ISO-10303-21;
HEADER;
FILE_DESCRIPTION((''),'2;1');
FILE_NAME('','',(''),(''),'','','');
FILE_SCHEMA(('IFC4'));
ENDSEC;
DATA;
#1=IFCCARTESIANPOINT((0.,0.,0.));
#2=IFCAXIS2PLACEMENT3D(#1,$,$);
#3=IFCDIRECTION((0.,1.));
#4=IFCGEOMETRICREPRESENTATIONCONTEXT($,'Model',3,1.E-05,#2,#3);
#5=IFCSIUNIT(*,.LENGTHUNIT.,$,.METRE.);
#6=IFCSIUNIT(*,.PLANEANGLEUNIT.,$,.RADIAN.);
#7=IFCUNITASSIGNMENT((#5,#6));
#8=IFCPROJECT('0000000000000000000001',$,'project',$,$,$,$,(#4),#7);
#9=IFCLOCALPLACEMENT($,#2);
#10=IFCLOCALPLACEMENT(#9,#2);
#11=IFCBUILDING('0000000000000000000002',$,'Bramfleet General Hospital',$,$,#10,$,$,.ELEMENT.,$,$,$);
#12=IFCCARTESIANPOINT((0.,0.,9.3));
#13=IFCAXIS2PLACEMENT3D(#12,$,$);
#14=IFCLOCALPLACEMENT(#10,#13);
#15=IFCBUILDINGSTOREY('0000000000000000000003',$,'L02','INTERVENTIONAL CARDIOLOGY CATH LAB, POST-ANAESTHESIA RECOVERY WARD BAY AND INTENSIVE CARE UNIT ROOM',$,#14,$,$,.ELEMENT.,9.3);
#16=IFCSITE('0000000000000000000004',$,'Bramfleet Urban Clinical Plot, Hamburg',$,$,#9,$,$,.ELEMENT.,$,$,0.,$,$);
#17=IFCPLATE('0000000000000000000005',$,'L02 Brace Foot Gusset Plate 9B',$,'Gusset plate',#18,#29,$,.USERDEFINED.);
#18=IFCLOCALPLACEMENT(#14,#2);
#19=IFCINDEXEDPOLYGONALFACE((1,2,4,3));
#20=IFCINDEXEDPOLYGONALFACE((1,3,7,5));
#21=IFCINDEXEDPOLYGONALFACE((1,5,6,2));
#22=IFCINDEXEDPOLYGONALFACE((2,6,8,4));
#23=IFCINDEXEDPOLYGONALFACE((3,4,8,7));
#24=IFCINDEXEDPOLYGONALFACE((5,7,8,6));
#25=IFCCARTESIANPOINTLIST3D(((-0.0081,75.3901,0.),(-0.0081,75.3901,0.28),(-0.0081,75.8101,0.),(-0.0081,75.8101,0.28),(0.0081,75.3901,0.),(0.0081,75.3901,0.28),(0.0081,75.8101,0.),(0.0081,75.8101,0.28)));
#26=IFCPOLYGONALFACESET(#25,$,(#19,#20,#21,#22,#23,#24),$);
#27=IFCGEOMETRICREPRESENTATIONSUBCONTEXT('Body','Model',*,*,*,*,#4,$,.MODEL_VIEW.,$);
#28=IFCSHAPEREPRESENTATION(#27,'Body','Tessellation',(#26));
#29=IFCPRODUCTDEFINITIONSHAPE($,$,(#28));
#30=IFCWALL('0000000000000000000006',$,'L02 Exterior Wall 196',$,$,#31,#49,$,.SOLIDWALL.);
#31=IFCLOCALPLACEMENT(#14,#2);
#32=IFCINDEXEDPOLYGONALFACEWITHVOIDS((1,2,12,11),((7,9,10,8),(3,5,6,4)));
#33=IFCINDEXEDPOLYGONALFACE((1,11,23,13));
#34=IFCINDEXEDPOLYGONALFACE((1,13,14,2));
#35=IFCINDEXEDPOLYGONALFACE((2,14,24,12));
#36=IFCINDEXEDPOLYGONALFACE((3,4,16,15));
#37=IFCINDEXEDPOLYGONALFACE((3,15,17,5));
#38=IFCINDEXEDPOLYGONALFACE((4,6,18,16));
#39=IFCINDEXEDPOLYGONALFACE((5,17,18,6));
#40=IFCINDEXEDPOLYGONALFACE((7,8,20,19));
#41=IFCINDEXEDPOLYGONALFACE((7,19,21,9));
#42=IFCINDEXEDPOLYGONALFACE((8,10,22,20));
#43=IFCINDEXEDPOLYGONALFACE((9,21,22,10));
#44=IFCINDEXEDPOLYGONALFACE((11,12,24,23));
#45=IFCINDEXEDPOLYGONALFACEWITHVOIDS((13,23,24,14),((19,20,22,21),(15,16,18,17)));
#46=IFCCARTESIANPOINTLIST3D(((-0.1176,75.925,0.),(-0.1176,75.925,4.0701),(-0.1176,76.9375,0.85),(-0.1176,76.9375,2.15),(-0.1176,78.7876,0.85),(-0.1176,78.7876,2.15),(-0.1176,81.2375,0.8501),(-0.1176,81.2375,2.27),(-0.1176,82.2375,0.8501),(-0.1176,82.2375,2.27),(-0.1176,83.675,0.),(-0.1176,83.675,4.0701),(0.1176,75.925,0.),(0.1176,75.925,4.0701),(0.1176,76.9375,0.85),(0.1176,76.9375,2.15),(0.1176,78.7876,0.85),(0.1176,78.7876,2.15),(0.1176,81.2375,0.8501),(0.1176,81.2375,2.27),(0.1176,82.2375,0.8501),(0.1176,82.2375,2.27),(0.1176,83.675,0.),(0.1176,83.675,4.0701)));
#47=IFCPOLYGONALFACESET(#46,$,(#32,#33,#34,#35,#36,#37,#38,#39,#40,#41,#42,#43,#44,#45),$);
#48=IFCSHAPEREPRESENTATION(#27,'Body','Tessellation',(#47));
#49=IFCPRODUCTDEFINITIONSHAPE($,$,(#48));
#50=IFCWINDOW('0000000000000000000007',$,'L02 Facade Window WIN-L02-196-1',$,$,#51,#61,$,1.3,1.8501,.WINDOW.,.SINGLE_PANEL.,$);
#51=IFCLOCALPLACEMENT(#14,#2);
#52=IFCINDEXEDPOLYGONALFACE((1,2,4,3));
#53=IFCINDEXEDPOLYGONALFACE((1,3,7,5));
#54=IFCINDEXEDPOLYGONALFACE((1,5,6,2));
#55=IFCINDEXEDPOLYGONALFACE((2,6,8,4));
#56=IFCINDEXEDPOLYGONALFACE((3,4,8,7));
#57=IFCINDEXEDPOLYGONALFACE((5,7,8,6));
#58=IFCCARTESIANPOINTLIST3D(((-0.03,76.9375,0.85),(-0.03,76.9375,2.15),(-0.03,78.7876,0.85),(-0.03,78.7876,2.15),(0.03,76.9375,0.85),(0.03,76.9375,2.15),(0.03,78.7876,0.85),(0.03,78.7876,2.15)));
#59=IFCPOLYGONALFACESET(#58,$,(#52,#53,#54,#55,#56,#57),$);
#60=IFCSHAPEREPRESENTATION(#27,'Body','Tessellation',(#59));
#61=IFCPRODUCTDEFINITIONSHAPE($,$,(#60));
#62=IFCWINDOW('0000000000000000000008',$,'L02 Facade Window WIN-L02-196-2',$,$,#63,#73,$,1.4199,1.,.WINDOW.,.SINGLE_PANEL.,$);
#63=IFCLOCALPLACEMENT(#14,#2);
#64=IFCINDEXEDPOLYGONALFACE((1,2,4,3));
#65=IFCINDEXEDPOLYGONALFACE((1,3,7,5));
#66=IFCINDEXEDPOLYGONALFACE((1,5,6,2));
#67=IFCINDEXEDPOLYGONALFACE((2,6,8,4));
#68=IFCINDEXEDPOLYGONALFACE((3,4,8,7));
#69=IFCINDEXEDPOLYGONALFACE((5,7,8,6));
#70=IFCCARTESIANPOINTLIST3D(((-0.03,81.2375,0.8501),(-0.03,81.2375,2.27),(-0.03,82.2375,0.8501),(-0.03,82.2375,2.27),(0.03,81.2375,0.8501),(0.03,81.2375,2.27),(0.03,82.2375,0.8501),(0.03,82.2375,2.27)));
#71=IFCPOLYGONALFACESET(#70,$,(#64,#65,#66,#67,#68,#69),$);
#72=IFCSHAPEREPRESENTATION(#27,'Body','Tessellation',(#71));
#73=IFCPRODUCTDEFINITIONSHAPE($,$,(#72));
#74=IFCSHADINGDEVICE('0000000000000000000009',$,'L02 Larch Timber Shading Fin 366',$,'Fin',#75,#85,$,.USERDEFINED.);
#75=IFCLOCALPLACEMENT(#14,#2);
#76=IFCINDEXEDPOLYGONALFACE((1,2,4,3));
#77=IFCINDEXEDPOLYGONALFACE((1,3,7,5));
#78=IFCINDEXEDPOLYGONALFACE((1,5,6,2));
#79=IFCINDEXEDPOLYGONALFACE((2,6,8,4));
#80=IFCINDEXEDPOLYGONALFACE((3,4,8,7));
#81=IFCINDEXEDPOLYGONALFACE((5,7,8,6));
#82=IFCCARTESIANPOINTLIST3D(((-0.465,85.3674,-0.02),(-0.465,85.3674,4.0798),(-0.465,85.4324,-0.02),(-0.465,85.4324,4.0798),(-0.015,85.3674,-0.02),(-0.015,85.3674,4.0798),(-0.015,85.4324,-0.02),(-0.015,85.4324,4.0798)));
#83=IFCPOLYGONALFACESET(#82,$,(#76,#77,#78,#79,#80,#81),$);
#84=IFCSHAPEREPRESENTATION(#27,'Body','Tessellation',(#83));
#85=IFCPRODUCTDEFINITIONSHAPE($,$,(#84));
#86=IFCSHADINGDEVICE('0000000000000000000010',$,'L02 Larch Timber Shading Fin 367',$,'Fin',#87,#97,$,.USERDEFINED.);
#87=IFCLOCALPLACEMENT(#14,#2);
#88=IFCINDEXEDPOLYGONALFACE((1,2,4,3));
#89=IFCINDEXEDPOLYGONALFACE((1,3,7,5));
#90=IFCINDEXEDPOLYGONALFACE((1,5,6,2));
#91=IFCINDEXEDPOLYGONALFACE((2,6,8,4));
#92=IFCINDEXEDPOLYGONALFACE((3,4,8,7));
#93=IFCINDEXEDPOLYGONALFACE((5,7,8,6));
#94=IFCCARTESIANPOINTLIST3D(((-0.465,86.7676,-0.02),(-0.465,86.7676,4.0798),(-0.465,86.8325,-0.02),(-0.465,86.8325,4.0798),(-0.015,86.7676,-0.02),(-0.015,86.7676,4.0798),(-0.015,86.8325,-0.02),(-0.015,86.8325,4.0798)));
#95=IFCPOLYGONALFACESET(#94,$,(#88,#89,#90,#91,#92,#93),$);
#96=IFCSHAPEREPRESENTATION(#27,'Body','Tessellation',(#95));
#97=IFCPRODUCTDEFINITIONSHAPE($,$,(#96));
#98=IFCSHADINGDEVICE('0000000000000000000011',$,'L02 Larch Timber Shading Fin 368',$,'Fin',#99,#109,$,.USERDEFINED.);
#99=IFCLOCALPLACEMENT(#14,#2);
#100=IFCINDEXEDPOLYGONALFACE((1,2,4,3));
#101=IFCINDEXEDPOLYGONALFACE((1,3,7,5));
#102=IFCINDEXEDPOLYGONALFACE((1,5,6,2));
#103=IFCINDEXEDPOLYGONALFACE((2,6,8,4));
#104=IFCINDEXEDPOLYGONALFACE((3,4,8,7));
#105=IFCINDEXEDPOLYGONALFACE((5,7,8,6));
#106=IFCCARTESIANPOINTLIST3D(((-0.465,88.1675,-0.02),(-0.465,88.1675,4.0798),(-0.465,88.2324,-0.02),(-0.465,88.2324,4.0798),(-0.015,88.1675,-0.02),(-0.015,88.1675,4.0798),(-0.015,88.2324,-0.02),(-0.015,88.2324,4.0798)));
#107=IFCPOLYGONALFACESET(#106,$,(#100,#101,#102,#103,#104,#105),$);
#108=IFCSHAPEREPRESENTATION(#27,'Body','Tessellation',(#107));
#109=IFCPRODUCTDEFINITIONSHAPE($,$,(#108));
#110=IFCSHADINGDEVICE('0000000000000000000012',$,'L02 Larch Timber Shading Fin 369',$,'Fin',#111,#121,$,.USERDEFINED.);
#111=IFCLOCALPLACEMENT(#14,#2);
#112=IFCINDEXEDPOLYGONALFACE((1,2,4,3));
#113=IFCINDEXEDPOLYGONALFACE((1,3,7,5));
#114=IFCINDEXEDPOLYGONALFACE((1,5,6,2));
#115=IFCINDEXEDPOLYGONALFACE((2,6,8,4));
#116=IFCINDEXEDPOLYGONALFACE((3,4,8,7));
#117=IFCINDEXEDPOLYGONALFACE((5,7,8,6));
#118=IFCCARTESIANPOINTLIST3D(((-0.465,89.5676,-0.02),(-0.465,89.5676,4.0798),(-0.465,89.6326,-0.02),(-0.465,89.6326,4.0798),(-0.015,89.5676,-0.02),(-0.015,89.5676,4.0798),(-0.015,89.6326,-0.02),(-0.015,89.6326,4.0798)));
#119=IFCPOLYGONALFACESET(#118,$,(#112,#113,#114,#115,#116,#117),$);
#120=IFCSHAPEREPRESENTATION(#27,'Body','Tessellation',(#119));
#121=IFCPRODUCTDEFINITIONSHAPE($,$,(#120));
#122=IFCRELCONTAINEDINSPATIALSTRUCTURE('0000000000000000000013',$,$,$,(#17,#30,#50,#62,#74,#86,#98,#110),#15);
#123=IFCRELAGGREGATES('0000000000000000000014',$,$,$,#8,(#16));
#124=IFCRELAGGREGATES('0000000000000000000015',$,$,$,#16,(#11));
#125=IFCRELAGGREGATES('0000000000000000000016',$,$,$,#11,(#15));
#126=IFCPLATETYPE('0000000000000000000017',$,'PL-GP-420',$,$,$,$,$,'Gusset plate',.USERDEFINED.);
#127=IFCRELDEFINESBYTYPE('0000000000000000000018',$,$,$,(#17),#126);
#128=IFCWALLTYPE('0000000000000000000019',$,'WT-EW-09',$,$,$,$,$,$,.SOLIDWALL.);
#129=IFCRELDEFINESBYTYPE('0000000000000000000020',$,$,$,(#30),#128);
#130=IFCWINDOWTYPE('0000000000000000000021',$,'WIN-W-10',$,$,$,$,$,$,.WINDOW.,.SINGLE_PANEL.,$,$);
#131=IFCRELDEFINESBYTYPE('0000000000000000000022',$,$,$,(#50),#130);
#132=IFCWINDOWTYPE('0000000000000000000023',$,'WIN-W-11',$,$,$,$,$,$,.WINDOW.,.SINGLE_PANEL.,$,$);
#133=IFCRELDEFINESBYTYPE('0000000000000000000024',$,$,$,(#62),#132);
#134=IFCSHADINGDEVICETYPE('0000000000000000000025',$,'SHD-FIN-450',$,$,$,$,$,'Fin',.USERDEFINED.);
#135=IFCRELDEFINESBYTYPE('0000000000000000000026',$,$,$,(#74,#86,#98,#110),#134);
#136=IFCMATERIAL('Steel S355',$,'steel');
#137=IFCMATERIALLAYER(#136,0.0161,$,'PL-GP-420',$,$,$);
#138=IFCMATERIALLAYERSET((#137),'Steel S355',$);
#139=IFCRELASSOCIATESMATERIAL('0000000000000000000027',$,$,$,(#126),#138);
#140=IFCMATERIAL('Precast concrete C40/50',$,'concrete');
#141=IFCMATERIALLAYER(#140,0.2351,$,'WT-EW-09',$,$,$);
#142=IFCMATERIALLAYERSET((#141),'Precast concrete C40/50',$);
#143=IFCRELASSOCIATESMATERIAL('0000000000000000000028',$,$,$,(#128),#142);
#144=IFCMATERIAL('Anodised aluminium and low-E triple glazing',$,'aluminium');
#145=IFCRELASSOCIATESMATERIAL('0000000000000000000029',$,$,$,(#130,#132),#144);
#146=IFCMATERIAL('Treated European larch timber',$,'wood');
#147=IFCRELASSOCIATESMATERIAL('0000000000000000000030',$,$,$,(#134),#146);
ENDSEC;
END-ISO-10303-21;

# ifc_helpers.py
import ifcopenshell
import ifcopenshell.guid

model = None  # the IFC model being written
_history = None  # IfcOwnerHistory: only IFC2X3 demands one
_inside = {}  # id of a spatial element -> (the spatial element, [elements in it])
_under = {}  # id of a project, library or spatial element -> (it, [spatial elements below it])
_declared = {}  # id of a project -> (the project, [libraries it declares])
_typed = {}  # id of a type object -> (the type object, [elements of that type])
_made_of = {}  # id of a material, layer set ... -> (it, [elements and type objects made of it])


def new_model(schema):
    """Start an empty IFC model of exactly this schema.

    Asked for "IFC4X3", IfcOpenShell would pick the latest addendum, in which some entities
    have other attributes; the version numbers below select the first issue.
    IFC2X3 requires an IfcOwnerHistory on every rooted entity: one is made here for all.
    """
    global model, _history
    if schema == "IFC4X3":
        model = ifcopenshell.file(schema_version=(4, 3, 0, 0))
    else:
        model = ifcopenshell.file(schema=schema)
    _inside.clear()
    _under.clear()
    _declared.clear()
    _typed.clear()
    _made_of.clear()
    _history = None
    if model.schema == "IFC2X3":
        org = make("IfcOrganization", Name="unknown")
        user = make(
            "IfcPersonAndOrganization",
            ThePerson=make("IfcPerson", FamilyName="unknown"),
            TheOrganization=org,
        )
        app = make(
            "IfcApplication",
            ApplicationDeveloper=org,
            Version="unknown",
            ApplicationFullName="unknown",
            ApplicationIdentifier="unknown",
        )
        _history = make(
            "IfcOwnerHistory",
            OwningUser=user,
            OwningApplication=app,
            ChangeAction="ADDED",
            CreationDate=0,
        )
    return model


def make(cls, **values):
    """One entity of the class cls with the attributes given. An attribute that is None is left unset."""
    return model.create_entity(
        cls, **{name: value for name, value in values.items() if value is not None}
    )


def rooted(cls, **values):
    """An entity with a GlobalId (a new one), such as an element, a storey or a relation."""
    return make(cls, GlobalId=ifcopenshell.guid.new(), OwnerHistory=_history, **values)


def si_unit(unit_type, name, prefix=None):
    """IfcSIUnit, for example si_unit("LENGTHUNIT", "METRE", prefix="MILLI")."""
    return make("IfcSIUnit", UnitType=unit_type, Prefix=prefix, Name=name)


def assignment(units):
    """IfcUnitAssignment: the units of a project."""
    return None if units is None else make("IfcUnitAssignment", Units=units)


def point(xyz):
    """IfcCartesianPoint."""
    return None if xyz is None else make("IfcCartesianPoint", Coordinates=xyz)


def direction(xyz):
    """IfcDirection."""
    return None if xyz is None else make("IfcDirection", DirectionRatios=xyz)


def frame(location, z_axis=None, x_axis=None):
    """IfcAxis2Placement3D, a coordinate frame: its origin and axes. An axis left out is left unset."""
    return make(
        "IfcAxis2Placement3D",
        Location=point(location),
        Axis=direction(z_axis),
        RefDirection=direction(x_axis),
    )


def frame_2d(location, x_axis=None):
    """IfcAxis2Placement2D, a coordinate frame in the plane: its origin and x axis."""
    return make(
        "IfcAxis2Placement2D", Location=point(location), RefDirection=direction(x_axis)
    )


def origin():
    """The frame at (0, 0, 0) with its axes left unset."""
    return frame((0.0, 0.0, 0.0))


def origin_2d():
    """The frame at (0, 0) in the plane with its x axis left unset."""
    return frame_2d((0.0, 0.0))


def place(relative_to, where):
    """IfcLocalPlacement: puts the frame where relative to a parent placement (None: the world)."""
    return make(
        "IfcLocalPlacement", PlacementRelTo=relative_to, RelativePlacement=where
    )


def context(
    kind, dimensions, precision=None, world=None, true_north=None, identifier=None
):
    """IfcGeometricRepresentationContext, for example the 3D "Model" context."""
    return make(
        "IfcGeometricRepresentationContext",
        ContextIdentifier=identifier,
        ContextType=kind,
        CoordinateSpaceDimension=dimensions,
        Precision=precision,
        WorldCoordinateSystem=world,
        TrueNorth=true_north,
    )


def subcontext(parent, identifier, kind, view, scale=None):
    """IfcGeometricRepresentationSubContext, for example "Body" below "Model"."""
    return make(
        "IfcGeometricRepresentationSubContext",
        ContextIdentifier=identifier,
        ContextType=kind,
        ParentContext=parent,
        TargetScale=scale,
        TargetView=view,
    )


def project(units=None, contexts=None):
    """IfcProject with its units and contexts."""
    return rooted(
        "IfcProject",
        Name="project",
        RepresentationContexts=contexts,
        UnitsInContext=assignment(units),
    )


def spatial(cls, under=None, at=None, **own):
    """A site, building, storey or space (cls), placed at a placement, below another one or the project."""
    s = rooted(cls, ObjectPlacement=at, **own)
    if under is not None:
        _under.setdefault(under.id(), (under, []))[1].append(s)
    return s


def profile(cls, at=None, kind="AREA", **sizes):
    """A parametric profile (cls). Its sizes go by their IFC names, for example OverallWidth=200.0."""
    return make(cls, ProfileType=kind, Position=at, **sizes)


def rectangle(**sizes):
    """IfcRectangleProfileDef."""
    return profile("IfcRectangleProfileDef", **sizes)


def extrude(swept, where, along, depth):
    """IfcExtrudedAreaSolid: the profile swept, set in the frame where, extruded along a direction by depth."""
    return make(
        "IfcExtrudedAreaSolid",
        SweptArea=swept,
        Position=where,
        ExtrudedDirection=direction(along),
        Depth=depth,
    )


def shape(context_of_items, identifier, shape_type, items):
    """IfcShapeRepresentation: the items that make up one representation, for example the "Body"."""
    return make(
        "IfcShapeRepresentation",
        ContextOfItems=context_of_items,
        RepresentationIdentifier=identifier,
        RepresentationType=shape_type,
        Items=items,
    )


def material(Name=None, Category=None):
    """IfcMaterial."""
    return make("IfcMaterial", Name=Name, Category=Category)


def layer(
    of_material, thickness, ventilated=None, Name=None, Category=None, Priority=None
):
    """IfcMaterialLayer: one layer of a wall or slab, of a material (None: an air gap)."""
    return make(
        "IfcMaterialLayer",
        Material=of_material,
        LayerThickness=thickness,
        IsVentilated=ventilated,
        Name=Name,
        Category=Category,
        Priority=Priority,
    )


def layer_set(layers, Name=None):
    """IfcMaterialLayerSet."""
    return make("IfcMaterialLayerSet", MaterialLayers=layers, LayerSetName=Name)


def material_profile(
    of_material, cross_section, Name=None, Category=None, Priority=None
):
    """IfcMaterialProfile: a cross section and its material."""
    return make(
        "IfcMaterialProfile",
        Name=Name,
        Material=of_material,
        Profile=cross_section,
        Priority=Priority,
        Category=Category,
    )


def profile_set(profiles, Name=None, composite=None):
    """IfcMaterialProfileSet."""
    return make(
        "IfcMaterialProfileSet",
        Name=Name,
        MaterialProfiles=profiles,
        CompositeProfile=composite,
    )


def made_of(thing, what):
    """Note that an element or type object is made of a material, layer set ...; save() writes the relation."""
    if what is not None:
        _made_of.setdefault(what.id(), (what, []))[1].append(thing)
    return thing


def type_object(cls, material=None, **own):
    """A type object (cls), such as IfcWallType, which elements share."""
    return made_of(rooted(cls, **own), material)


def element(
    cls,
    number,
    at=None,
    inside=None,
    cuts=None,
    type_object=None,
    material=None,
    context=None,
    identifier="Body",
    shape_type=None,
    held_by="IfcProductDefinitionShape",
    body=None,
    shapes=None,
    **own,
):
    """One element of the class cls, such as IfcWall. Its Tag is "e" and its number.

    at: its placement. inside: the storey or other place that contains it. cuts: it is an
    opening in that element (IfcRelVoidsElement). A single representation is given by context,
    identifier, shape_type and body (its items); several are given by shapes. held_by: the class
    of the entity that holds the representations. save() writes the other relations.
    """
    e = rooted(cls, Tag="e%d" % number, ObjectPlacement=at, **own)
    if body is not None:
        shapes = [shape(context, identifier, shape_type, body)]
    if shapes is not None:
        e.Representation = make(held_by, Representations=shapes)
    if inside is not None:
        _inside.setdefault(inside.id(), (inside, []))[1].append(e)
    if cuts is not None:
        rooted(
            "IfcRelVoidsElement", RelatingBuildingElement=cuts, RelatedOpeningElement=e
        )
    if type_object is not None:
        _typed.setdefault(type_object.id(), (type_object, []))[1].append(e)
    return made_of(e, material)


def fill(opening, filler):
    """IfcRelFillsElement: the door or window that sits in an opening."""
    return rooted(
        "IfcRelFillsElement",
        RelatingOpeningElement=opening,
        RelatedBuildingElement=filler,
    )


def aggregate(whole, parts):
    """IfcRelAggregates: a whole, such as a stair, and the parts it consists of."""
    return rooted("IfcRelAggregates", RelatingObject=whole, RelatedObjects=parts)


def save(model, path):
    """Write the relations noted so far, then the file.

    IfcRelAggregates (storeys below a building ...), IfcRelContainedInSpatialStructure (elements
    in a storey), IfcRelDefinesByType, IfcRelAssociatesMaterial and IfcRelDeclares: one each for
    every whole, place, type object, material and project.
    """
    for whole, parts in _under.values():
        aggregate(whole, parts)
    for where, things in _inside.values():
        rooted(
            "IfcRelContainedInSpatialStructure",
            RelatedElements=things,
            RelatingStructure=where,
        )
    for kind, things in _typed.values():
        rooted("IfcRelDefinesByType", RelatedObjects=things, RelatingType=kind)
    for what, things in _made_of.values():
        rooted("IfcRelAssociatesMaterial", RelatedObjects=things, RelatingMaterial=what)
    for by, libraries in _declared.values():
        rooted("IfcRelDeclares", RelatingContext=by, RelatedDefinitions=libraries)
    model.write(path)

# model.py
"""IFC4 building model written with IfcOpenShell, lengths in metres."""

from ifc_helpers import new_model, si_unit, direction, frame, frame_2d, origin, origin_2d, place, context, subcontext, project, spatial, rectangle, extrude, material, layer, layer_set, material_profile, profile_set, type_object, element, fill, save


model = new_model("IFC4")

# Units and contexts
model_context = context("Model", 3, precision=1e-05, world=origin(), true_north=direction((0.0, 1.0)))
body_context = subcontext(model_context, "Body", "Model", "MODEL_VIEW")
ifc_project = project(units=[si_unit("LENGTHUNIT", "METRE"), si_unit("PLANEANGLEUNIT", "RADIAN")], contexts=[model_context])

# Site, building, storey
site_placement = place(None, origin())
site = spatial("IfcSite", under=ifc_project, at=site_placement, Name="Bramfleet Urban Clinical Plot, Hamburg", CompositionType="ELEMENT", RefElevation=0.0)
building_placement = place(site_placement, origin())
building = spatial("IfcBuilding", under=site, at=building_placement, Name="Bramfleet General Hospital", CompositionType="ELEMENT")
storey_placement = place(building_placement, frame((0.0, 0.0, 9.3)))
storey = spatial("IfcBuildingStorey", under=building, at=storey_placement, Name="L02", Description="INTERVENTIONAL CARDIOLOGY CATH LAB, POST-ANAESTHESIA RECOVERY WARD BAY AND INTENSIVE CARE UNIT ROOM", CompositionType="ELEMENT", Elevation=9.3)

# Shared definitions
ifc_material_1 = material(Name="Anodised aluminium and low-E triple glazing", Category="aluminium")

# Shared definitions
ifc_material_2 = material(Name="Steel S355", Category="steel")

# Plate
ifc_layer_1 = layer(ifc_material_2, 0.0161, Name="PL-GP-420")
ifc_layer_set_1 = layer_set([ifc_layer_1], Name="Steel S355")
plate_type_1 = type_object("IfcPlateType", Name="PL-GP-420", ElementType="Gusset plate", PredefinedType="USERDEFINED", material=ifc_layer_set_1)
plate_1_placement = place(storey_placement, frame((0.0, 75.6001, 0.0), z_axis=(0.0, 0.0, 1.0), x_axis=(1.0, 0.0, 0.0)))
element("IfcPlate", 1, at=plate_1_placement, inside=storey, type_object=plate_type_1, Name="L02 Brace Foot Gusset Plate 9B", ObjectType="Gusset plate", PredefinedType="USERDEFINED", context=body_context, shape_type="SweptSolid", body=[
    extrude(rectangle(XDim=0.0161, YDim=0.4199, at=origin_2d()), origin(), (0.0, 0.0, 1.0), 0.28),
])

# Wall, openings, windows
ifc_material_3 = material(Name="Precast concrete C40/50", Category="concrete")
ifc_layer_2 = layer(ifc_material_3, 0.2351, Name="WT-EW-09")
ifc_layer_set_2 = layer_set([ifc_layer_2], Name="Precast concrete C40/50")
wall_type = type_object("IfcWallType", Name="WT-EW-09", PredefinedType="SOLIDWALL", material=ifc_layer_set_2)
wall_placement = place(storey_placement, frame((0.0, 75.925, 0.0), z_axis=(0.0, 0.0, 1.0), x_axis=(0.0, 1.0, 0.0)))
wall = element("IfcWall", 2, at=wall_placement, inside=storey, type_object=wall_type, Name="L02 Exterior Wall 196", PredefinedType="SOLIDWALL", context=body_context, shape_type="SweptSolid", body=[
    extrude(rectangle(XDim=7.75, YDim=0.2351, at=frame_2d((3.875, 0.0))), origin(), (0.0, 0.0, 1.0), 4.0701),
])
opening_1_placement = place(wall_placement, frame((1.0125, 0.0, 0.8501)))
opening_1 = element("IfcOpeningElement", 3, at=opening_1_placement, cuts=wall, PredefinedType="OPENING", context=body_context, shape_type="SweptSolid", body=[
    extrude(rectangle(XDim=1.8501, YDim=1.3, at=frame_2d((0.925, 0.6499))), frame((0.0, 0.1274, 0.0), z_axis=(0.0, -1.0, 0.0), x_axis=(1.0, 0.0, 0.0)), (0.0, 0.0, 1.0), 0.2551),
])
opening_2_placement = place(wall_placement, frame((5.3125, 0.0, 0.8501)))
opening_2 = element("IfcOpeningElement", 4, at=opening_2_placement, cuts=wall, PredefinedType="OPENING", context=body_context, shape_type="SweptSolid", body=[
    extrude(rectangle(XDim=1.0, YDim=1.4199, at=frame_2d((0.5, 0.71))), frame((0.0, 0.1274, 0.0), z_axis=(0.0, -1.0, 0.0), x_axis=(1.0, 0.0, 0.0)), (0.0, 0.0, 1.0), 0.2551),
])
window_type_1 = type_object("IfcWindowType", Name="WIN-W-10", PartitioningType="SINGLE_PANEL", PredefinedType="WINDOW", material=ifc_material_1)
window_1_placement = place(opening_1_placement, origin())
window_1 = element("IfcWindow", 5, at=window_1_placement, inside=storey, type_object=window_type_1, Name="L02 Facade Window WIN-L02-196-1", OverallHeight=1.3, OverallWidth=1.8501, PartitioningType="SINGLE_PANEL", PredefinedType="WINDOW", context=body_context, shape_type="SweptSolid", body=[
    extrude(rectangle(XDim=1.8501, YDim=1.3, at=frame_2d((0.925, 0.6499))), frame((0.0, 0.03, 0.0), z_axis=(0.0, -1.0, 0.0), x_axis=(1.0, 0.0, 0.0)), (0.0, 0.0, 1.0), 0.0601),
])
fill(opening_1, window_1)
window_type_2 = type_object("IfcWindowType", Name="WIN-W-11", PartitioningType="SINGLE_PANEL", PredefinedType="WINDOW", material=ifc_material_1)
window_2_placement = place(opening_2_placement, origin())
window_2 = element("IfcWindow", 6, at=window_2_placement, inside=storey, type_object=window_type_2, Name="L02 Facade Window WIN-L02-196-2", OverallHeight=1.4199, OverallWidth=1.0, PartitioningType="SINGLE_PANEL", PredefinedType="WINDOW", context=body_context, shape_type="SweptSolid", body=[
    extrude(rectangle(XDim=1.0, YDim=1.4199, at=frame_2d((0.5, 0.71))), frame((0.0, 0.03, 0.0), z_axis=(0.0, -1.0, 0.0), x_axis=(1.0, 0.0, 0.0)), (0.0, 0.0, 1.0), 0.0601),
])
fill(opening_2, window_2)

# Shading devices
ifc_material_4 = material(Name="Treated European larch timber", Category="wood")
ifc_material_profile_1 = material_profile(ifc_material_4, rectangle(XDim=0.0649, YDim=0.45, at=origin_2d()), Name="LARCH FIN 450x65")
ifc_profile_set_1 = profile_set([ifc_material_profile_1], Name="Treated European larch timber")
shading_device_type = type_object("IfcShadingDeviceType", Name="SHD-FIN-450", ElementType="Fin", PredefinedType="USERDEFINED", material=ifc_profile_set_1)
for number, where, z_axis, x_axis, name in (
    (7, (-0.24, 85.3999, -0.02), (0.0, 0.0, 1.0), (0.0, 1.0, 0.0), "L02 Larch Timber Shading Fin 366"),
    (8, (-0.24, 86.8, -0.02), (0.0, 0.0, 1.0), (0.0, 1.0, 0.0), "L02 Larch Timber Shading Fin 367"),
    (9, (-0.24, 88.2, -0.02), (0.0, 0.0, 1.0), (0.0, 1.0, 0.0), "L02 Larch Timber Shading Fin 368"),
    (10, (-0.24, 89.6001, -0.02), (0.0, 0.0, 1.0), (0.0, 1.0, 0.0), "L02 Larch Timber Shading Fin 369"),
):
    element("IfcShadingDevice", number, at=place(storey_placement, frame(where, z_axis=z_axis, x_axis=x_axis)), inside=storey, type_object=shading_device_type, Name=name, ObjectType="Fin", PredefinedType="USERDEFINED", context=body_context, shape_type="SweptSolid", body=[
        extrude(rectangle(XDim=0.0649, YDim=0.45, at=origin_2d()), origin(), (0.0, 0.0, 1.0), 4.0999),
    ])

save(model, "model.ifc")
